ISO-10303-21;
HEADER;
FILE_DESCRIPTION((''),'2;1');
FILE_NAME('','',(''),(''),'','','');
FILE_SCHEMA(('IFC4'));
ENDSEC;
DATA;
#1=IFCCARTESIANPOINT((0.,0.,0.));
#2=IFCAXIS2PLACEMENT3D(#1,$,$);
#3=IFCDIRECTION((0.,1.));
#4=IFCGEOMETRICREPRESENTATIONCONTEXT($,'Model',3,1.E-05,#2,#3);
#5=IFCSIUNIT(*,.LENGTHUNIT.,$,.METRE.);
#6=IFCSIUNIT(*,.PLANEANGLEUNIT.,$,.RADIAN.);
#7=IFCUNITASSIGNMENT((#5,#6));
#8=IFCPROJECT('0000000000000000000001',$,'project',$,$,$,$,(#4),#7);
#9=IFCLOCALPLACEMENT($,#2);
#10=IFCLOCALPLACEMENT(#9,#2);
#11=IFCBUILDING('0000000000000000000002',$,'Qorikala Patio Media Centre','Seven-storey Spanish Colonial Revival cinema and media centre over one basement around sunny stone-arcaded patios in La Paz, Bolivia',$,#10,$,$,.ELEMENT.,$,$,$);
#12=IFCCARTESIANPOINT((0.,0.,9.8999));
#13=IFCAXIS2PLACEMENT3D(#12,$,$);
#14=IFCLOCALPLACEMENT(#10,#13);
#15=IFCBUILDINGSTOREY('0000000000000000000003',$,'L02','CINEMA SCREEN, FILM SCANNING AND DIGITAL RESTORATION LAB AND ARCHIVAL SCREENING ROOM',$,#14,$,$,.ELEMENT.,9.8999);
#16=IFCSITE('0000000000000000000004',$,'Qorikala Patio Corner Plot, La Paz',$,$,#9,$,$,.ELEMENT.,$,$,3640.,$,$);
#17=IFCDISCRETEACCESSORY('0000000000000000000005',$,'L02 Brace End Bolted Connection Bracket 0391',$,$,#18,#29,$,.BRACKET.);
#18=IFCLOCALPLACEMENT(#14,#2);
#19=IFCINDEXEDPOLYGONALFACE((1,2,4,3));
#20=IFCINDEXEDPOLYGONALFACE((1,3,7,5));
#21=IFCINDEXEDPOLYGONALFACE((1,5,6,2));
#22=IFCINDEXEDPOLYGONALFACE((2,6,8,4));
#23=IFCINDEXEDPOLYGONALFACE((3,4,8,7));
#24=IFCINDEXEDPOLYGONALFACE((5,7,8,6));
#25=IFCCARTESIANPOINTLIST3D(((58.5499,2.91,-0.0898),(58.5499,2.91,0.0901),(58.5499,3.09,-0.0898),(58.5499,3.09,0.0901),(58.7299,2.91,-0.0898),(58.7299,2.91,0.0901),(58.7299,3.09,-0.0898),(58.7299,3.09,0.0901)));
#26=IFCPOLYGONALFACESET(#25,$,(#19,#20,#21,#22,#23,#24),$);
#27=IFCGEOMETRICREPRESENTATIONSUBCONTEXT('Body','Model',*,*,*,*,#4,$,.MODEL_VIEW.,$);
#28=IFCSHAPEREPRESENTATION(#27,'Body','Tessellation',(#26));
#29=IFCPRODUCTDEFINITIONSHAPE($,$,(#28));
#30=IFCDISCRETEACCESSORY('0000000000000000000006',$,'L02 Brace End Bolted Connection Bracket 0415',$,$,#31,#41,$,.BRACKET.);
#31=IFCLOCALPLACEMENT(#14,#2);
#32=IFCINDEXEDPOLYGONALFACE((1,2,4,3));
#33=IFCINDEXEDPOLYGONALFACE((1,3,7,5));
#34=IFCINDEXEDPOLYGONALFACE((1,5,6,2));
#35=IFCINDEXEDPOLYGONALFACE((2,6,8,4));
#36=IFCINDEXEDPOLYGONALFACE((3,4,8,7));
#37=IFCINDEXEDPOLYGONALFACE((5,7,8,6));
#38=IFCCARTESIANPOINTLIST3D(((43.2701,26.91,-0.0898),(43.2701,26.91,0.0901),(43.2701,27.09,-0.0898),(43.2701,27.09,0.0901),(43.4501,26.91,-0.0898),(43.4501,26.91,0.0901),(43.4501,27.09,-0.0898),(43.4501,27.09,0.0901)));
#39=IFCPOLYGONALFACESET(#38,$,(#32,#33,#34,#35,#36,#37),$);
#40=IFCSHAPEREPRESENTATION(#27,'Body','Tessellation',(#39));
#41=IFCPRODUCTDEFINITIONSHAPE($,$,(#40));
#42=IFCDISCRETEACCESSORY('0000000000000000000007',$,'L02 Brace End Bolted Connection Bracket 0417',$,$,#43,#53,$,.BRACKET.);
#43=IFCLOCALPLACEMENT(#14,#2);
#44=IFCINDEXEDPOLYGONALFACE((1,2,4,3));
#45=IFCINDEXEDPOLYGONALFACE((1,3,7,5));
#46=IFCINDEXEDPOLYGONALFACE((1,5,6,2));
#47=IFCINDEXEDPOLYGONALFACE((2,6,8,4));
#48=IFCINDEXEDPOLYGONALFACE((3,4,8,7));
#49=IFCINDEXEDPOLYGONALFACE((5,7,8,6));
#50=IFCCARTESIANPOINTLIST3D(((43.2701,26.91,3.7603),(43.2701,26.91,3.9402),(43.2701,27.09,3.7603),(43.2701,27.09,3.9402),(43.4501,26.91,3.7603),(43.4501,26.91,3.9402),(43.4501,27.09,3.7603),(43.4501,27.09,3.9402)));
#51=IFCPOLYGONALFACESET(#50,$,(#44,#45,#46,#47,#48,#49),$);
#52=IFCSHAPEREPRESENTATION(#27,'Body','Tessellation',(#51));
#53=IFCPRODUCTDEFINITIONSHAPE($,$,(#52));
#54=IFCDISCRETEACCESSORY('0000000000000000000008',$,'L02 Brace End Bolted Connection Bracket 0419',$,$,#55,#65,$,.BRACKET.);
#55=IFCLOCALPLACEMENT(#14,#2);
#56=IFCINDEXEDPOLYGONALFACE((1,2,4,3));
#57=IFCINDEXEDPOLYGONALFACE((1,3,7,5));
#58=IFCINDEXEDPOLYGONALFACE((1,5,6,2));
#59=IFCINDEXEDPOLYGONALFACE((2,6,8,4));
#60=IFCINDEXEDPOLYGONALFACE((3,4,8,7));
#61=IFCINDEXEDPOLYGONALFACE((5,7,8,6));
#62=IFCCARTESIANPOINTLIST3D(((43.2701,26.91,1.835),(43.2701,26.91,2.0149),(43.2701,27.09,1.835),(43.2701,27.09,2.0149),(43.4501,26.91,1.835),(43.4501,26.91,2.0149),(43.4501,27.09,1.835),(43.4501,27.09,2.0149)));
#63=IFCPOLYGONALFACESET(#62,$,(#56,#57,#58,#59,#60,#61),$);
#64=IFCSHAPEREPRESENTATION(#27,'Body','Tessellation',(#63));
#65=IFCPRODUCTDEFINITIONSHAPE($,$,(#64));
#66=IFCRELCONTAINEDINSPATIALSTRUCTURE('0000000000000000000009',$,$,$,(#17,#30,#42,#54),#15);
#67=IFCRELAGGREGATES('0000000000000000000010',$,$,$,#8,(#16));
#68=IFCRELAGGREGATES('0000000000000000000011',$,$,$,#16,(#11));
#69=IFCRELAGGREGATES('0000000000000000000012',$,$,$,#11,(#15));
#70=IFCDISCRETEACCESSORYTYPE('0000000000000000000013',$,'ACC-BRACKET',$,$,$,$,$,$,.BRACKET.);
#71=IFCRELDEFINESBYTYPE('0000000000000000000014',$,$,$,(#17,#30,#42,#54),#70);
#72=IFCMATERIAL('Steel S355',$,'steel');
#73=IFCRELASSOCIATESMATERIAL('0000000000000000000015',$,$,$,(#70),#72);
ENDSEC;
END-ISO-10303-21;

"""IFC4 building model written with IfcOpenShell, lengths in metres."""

from ifc_helpers import new_model, si_unit, direction, frame, origin, origin_2d, place, context, subcontext, project, spatial, rectangle, extrude, material, type_object, element, save


model = new_model("IFC4")

# Units and contexts
model_context = context("Model", 3, precision=1e-05, world=origin(), true_north=direction((0.0, 1.0)))
body_context = subcontext(model_context, "Body", "Model", "MODEL_VIEW")
ifc_project = project(units=[si_unit("LENGTHUNIT", "METRE"), si_unit("PLANEANGLEUNIT", "RADIAN")], contexts=[model_context])

# Site, building, storey
site_placement = place(None, origin())
site = spatial("IfcSite", under=ifc_project, at=site_placement, Name="Qorikala Patio Corner Plot, La Paz", CompositionType="ELEMENT", RefElevation=3640.0)
building_placement = place(site_placement, origin())
building = spatial("IfcBuilding", under=site, at=building_placement, Name="Qorikala Patio Media Centre", Description="Seven-storey Spanish Colonial Revival cinema and media centre over one basement around sunny stone-arcaded patios in La Paz, Bolivia", CompositionType="ELEMENT")
storey_placement = place(building_placement, frame((0.0, 0.0, 9.8999)))
storey = spatial("IfcBuildingStorey", under=building, at=storey_placement, Name="L02", Description="CINEMA SCREEN, FILM SCANNING AND DIGITAL RESTORATION LAB AND ARCHIVAL SCREENING ROOM", CompositionType="ELEMENT", Elevation=9.8999)

# Discrete accessories
ifc_material_1 = material(Name="Steel S355", Category="steel")
discrete_accessory_type = type_object("IfcDiscreteAccessoryType", Name="ACC-BRACKET", PredefinedType="BRACKET", material=ifc_material_1)
for number, where, z_axis, x_axis, name in (
    (1, (58.6399, 3.0, -0.0898), (0.0, 0.0, 1.0), (1.0, 0.0, 0.0), "L02 Brace End Bolted Connection Bracket 0391"),
    (2, (43.3601, 27.0, -0.0898), (0.0, 0.0, 1.0), (1.0, 0.0, 0.0), "L02 Brace End Bolted Connection Bracket 0415"),
    (3, (43.3601, 27.0, 3.7603), (0.0, 0.0, 1.0), (1.0, 0.0, 0.0), "L02 Brace End Bolted Connection Bracket 0417"),
    (4, (43.3601, 27.0, 1.835), (0.0, 0.0, 1.0), (1.0, 0.0, 0.0), "L02 Brace End Bolted Connection Bracket 0419"),
):
    element("IfcDiscreteAccessory", number, at=place(storey_placement, frame(where, z_axis=z_axis, x_axis=x_axis)), inside=storey, type_object=discrete_accessory_type, Name=name, PredefinedType="BRACKET", context=body_context, shape_type="SweptSolid", body=[
        extrude(rectangle(XDim=0.1799, YDim=0.1799, at=origin_2d()), origin(), (0.0, 0.0, 1.0), 0.1799),
    ])

save(model, "model.ifc")
